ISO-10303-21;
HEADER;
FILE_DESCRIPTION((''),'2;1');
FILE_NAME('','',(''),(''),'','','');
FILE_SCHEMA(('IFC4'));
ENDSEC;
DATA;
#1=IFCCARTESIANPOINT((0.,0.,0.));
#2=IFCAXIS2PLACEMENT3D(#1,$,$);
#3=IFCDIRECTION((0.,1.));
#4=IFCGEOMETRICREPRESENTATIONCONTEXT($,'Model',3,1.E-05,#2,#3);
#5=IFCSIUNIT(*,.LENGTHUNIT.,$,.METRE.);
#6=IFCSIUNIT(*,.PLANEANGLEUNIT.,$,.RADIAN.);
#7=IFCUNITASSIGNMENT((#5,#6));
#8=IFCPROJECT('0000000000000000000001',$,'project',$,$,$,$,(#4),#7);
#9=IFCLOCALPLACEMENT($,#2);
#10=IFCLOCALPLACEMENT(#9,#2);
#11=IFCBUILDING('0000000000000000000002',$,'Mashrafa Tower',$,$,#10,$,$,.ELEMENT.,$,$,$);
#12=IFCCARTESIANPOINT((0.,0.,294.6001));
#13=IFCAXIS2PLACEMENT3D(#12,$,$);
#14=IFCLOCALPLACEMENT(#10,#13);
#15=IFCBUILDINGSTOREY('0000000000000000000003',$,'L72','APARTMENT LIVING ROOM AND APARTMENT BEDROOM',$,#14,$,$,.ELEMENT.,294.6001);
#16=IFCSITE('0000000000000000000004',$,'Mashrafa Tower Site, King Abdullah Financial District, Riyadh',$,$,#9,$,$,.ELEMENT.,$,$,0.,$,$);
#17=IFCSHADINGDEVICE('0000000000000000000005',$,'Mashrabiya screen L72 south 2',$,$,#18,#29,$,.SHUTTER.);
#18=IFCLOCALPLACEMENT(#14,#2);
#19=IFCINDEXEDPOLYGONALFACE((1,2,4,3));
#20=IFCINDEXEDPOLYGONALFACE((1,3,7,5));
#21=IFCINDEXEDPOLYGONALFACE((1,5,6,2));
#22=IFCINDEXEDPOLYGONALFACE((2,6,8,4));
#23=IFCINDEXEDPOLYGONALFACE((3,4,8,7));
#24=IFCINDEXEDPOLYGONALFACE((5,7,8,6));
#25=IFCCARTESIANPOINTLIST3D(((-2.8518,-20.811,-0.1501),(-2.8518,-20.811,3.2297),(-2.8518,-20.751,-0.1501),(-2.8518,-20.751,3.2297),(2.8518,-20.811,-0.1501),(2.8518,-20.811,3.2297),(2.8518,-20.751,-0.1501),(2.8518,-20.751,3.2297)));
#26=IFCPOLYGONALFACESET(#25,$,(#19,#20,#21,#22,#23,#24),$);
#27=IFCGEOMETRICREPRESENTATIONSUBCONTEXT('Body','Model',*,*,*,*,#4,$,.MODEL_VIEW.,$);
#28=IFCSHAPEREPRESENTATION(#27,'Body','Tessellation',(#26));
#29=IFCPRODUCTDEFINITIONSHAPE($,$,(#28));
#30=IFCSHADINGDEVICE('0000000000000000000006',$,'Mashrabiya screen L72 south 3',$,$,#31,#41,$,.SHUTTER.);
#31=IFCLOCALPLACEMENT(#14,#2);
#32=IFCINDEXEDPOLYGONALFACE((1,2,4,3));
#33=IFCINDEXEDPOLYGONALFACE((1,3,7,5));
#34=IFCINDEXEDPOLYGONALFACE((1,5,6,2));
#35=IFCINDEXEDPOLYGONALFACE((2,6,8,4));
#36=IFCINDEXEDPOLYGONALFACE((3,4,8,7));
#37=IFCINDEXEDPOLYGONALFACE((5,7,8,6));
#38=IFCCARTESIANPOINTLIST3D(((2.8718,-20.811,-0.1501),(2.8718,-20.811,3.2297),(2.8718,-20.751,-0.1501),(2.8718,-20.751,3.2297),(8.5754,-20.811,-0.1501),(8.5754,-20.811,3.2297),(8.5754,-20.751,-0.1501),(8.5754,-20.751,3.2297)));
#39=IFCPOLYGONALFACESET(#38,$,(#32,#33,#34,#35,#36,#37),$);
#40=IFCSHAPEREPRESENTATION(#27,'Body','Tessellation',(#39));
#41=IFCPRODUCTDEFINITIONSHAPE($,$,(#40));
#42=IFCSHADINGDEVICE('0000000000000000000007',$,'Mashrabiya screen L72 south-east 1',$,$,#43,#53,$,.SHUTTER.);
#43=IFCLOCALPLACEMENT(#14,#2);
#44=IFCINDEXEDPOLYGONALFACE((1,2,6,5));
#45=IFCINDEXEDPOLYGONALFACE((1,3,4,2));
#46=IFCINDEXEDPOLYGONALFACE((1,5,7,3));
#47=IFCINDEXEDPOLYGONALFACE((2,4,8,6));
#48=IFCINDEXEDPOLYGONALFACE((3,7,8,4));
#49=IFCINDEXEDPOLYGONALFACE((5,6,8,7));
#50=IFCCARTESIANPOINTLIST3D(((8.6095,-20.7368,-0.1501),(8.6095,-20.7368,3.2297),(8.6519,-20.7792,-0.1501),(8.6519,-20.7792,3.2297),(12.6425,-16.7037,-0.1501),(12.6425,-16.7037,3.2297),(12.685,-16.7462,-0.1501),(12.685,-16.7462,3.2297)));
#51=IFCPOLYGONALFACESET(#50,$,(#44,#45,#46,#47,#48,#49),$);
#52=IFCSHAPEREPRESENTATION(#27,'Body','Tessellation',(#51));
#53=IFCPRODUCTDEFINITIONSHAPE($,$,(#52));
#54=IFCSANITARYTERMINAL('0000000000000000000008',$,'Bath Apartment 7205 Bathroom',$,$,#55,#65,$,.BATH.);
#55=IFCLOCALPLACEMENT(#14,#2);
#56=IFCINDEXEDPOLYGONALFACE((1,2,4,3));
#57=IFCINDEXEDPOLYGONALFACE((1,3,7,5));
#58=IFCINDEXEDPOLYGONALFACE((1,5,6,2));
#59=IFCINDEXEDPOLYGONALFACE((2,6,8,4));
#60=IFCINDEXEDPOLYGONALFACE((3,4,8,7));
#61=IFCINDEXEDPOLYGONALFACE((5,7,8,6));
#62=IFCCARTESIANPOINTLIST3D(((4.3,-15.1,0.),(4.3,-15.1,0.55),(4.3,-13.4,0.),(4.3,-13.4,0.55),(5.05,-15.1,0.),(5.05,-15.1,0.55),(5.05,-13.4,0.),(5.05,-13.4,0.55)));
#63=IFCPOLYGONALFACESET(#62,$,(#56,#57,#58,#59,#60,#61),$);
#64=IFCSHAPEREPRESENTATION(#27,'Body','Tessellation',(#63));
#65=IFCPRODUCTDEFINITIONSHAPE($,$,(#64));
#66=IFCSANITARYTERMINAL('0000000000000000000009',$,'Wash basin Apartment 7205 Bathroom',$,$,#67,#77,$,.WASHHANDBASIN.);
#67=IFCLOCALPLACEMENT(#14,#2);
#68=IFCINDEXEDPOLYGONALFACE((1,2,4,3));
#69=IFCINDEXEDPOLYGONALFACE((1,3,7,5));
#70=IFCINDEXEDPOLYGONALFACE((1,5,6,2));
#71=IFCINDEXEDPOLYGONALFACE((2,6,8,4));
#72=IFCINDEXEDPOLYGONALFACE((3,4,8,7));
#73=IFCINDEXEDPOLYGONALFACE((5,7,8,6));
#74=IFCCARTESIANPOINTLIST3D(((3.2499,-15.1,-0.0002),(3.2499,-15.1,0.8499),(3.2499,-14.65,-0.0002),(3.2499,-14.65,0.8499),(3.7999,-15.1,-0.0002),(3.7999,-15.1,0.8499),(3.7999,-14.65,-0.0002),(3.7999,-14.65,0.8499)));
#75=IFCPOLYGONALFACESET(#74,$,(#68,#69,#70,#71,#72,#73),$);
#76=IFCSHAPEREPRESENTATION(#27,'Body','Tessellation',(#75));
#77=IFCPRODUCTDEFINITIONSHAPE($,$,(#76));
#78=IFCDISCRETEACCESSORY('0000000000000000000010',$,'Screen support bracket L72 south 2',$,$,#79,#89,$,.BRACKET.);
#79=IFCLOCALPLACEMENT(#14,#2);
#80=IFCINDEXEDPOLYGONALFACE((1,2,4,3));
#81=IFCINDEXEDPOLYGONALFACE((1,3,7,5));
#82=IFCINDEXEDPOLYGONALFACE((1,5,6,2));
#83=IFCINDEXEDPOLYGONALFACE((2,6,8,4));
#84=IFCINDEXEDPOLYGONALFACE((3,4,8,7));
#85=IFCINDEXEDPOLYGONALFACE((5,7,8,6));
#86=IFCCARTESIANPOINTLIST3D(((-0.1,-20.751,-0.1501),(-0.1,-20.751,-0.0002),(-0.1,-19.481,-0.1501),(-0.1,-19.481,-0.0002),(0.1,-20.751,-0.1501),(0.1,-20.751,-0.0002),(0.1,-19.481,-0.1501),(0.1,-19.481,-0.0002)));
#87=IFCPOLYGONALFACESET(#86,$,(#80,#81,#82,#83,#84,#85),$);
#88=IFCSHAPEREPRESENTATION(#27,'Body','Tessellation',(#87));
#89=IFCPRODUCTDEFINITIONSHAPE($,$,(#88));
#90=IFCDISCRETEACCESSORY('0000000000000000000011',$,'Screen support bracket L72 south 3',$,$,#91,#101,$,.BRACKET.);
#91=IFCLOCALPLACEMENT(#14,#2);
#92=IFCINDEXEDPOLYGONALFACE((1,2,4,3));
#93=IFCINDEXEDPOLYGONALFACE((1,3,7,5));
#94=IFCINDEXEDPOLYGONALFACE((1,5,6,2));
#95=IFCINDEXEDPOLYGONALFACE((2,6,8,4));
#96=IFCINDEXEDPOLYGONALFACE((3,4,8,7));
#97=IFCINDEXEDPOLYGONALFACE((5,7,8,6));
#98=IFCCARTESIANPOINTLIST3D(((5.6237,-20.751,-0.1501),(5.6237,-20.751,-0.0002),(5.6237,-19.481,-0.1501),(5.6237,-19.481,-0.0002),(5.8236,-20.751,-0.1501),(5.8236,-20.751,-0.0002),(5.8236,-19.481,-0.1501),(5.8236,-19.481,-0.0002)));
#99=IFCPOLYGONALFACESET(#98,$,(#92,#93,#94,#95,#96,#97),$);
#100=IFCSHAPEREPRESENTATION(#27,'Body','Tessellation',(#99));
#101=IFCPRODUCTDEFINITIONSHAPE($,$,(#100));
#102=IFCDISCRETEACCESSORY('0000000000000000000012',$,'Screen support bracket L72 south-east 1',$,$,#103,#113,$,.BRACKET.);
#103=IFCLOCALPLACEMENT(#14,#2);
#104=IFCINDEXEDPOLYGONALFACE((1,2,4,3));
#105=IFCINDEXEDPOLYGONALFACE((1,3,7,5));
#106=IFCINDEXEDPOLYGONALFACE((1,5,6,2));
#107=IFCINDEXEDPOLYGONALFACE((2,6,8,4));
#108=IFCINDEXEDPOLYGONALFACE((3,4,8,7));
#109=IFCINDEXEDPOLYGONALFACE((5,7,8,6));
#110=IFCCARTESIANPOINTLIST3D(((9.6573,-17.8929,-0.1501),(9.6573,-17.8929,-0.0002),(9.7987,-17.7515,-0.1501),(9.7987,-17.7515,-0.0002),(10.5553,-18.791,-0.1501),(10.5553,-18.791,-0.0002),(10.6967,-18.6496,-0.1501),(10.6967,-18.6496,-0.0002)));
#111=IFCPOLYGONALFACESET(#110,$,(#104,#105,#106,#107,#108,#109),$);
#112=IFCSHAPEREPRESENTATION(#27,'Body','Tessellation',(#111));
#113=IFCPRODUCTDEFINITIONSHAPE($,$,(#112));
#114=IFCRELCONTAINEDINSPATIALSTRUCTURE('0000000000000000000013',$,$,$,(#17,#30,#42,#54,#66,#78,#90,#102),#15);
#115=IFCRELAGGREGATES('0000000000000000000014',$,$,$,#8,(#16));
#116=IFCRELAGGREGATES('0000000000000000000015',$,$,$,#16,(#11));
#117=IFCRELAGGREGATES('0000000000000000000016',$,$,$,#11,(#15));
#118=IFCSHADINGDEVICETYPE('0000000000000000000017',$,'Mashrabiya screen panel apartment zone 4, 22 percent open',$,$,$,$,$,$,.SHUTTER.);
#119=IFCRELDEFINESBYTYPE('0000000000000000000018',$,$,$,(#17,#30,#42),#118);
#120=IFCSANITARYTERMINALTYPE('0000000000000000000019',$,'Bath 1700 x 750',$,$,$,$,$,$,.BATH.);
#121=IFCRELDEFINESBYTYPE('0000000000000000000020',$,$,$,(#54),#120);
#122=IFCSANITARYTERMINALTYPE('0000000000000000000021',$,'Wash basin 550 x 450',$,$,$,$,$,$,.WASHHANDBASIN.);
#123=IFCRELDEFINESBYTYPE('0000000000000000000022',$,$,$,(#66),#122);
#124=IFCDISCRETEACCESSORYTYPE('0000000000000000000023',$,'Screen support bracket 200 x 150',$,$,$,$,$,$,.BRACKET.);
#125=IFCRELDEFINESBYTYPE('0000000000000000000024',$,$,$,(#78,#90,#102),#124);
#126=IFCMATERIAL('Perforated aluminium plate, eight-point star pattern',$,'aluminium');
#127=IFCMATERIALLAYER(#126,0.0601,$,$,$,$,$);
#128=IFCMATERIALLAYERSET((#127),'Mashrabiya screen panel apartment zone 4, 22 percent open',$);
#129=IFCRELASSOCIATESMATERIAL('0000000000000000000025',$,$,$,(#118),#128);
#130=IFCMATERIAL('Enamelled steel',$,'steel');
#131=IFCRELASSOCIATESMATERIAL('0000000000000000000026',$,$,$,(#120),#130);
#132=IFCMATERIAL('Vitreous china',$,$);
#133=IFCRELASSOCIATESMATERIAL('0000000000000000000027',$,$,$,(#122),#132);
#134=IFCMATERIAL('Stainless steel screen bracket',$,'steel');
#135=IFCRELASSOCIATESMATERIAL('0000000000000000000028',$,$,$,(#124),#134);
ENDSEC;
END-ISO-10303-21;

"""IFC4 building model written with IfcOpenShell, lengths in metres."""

from ifc_helpers import new_model, si_unit, direction, frame, origin, origin_2d, place, context, subcontext, project, spatial, rectangle, extrude, source, transform, mapped, material, layer, layer_set, type_object, type_shapes, element, save


model = new_model("IFC4")

# Units and contexts
model_context = context("Model", 3, precision=1e-05, world=origin(), true_north=direction((0.0, 1.0)))
body_context = subcontext(model_context, "Body", "Model", "MODEL_VIEW")
ifc_project = project(units=[si_unit("LENGTHUNIT", "METRE"), si_unit("PLANEANGLEUNIT", "RADIAN")], contexts=[model_context])

# Site, building, storey
site_placement = place(None, origin())
site = spatial("IfcSite", under=ifc_project, at=site_placement, Name="Mashrafa Tower Site, King Abdullah Financial District, Riyadh", CompositionType="ELEMENT", RefElevation=0.0)
building_placement = place(site_placement, origin())
building = spatial("IfcBuilding", under=site, at=building_placement, Name="Mashrafa Tower", CompositionType="ELEMENT")
storey_placement = place(building_placement, frame((0.0, 0.0, 294.6001)))
storey = spatial("IfcBuildingStorey", under=building, at=storey_placement, Name="L72", Description="APARTMENT LIVING ROOM AND APARTMENT BEDROOM", CompositionType="ELEMENT", Elevation=294.6001)

# Shading devices
ifc_material_1 = material(Name="Perforated aluminium plate, eight-point star pattern", Category="aluminium")
ifc_layer_1 = layer(ifc_material_1, 0.0601)
ifc_layer_set_1 = layer_set([ifc_layer_1], Name="Mashrabiya screen panel apartment zone 4, 22 percent open")
shading_device_type = type_object("IfcShadingDeviceType", Name="Mashrabiya screen panel apartment zone 4, 22 percent open", PredefinedType="SHUTTER", material=ifc_layer_set_1)
shared_shape_1 = source(origin(), body_context, "Body", "SweptSolid", [
    extrude(rectangle(XDim=5.7036, YDim=0.0601, at=origin_2d()), origin(), (0.0, 0.0, 1.0), 3.3799),
])
type_shapes(shading_device_type, [shared_shape_1])
for number, where, z_axis, x_axis, name in (
    (1, (0.0, -20.781, -0.1501), (0.0, 0.0, 1.0), (1.0, 0.0, 0.0), "Mashrabiya screen L72 south 2"),
    (2, (5.7236, -20.781, -0.1501), (0.0, 0.0, 1.0), (1.0, 0.0, 0.0), "Mashrabiya screen L72 south 3"),
    (3, (10.6472, -18.7415, -0.1501), (0.0, 0.0, 1.0), (0.707107, 0.707107, 0.0), "Mashrabiya screen L72 south-east 1"),
):
    element("IfcShadingDevice", number, at=place(storey_placement, frame(where, z_axis=z_axis, x_axis=x_axis)), inside=storey, type_object=shading_device_type, Name=name, PredefinedType="SHUTTER", context=body_context, shape_type="MappedRepresentation", body=[
        mapped(shared_shape_1, transform((0.0, 0.0, 0.0))),
    ])

# Sanitary terminals
ifc_material_2 = material(Name="Enamelled steel", Category="steel")
sanitary_terminal_type_1 = type_object("IfcSanitaryTerminalType", Name="Bath 1700 x 750", PredefinedType="BATH", material=ifc_material_2)
sanitary_terminal_1_placement = place(storey_placement, frame((4.675, -14.25, 0.0), z_axis=(0.0, 0.0, 1.0), x_axis=(0.0, 1.0, 0.0)))
element("IfcSanitaryTerminal", 4, at=sanitary_terminal_1_placement, inside=storey, type_object=sanitary_terminal_type_1, Name="Bath Apartment 7205 Bathroom", PredefinedType="BATH", context=body_context, shape_type="SweptSolid", body=[
    extrude(rectangle(XDim=1.7, YDim=0.75, at=origin_2d()), origin(), (0.0, 0.0, 1.0), 0.55),
])
ifc_material_3 = material(Name="Vitreous china")
sanitary_terminal_type_2 = type_object("IfcSanitaryTerminalType", Name="Wash basin 550 x 450", PredefinedType="WASHHANDBASIN", material=ifc_material_3)
sanitary_terminal_2_placement = place(storey_placement, frame((3.5249, -14.875, -0.0002), z_axis=(0.0, 0.0, 1.0), x_axis=(1.0, 0.0, 0.0)))
element("IfcSanitaryTerminal", 5, at=sanitary_terminal_2_placement, inside=storey, type_object=sanitary_terminal_type_2, Name="Wash basin Apartment 7205 Bathroom", PredefinedType="WASHHANDBASIN", context=body_context, shape_type="SweptSolid", body=[
    extrude(rectangle(XDim=0.55, YDim=0.45, at=origin_2d()), origin(), (0.0, 0.0, 1.0), 0.8501),
])

# Discrete accessories
ifc_material_4 = material(Name="Stainless steel screen bracket", Category="steel")
discrete_accessory_type = type_object("IfcDiscreteAccessoryType", Name="Screen support bracket 200 x 150", PredefinedType="BRACKET", material=ifc_material_4)
shared_shape_2 = source(origin(), body_context, "Body", "SweptSolid", [
    extrude(rectangle(XDim=0.2, YDim=1.27, at=origin_2d()), origin(), (0.0, 0.0, 1.0), 0.1499),
])
type_shapes(discrete_accessory_type, [shared_shape_2])
for number, where, z_axis, x_axis, name in (
    (6, (0.0, -20.116, -0.1501), (0.0, 0.0, 1.0), (1.0, 0.0, 0.0), "Screen support bracket L72 south 2"),
    (7, (5.7236, -20.116, -0.1501), (0.0, 0.0, 1.0), (1.0, 0.0, 0.0), "Screen support bracket L72 south 3"),
    (8, (10.177, -18.2712, -0.1501), (0.0, 0.0, 1.0), (0.707107, 0.707107, 0.0), "Screen support bracket L72 south-east 1"),
):
    element("IfcDiscreteAccessory", number, at=place(storey_placement, frame(where, z_axis=z_axis, x_axis=x_axis)), inside=storey, type_object=discrete_accessory_type, Name=name, PredefinedType="BRACKET", context=body_context, shape_type="MappedRepresentation", body=[
        mapped(shared_shape_2, transform((0.0, 0.0, 0.0))),
    ])

save(model, "model.ifc")
